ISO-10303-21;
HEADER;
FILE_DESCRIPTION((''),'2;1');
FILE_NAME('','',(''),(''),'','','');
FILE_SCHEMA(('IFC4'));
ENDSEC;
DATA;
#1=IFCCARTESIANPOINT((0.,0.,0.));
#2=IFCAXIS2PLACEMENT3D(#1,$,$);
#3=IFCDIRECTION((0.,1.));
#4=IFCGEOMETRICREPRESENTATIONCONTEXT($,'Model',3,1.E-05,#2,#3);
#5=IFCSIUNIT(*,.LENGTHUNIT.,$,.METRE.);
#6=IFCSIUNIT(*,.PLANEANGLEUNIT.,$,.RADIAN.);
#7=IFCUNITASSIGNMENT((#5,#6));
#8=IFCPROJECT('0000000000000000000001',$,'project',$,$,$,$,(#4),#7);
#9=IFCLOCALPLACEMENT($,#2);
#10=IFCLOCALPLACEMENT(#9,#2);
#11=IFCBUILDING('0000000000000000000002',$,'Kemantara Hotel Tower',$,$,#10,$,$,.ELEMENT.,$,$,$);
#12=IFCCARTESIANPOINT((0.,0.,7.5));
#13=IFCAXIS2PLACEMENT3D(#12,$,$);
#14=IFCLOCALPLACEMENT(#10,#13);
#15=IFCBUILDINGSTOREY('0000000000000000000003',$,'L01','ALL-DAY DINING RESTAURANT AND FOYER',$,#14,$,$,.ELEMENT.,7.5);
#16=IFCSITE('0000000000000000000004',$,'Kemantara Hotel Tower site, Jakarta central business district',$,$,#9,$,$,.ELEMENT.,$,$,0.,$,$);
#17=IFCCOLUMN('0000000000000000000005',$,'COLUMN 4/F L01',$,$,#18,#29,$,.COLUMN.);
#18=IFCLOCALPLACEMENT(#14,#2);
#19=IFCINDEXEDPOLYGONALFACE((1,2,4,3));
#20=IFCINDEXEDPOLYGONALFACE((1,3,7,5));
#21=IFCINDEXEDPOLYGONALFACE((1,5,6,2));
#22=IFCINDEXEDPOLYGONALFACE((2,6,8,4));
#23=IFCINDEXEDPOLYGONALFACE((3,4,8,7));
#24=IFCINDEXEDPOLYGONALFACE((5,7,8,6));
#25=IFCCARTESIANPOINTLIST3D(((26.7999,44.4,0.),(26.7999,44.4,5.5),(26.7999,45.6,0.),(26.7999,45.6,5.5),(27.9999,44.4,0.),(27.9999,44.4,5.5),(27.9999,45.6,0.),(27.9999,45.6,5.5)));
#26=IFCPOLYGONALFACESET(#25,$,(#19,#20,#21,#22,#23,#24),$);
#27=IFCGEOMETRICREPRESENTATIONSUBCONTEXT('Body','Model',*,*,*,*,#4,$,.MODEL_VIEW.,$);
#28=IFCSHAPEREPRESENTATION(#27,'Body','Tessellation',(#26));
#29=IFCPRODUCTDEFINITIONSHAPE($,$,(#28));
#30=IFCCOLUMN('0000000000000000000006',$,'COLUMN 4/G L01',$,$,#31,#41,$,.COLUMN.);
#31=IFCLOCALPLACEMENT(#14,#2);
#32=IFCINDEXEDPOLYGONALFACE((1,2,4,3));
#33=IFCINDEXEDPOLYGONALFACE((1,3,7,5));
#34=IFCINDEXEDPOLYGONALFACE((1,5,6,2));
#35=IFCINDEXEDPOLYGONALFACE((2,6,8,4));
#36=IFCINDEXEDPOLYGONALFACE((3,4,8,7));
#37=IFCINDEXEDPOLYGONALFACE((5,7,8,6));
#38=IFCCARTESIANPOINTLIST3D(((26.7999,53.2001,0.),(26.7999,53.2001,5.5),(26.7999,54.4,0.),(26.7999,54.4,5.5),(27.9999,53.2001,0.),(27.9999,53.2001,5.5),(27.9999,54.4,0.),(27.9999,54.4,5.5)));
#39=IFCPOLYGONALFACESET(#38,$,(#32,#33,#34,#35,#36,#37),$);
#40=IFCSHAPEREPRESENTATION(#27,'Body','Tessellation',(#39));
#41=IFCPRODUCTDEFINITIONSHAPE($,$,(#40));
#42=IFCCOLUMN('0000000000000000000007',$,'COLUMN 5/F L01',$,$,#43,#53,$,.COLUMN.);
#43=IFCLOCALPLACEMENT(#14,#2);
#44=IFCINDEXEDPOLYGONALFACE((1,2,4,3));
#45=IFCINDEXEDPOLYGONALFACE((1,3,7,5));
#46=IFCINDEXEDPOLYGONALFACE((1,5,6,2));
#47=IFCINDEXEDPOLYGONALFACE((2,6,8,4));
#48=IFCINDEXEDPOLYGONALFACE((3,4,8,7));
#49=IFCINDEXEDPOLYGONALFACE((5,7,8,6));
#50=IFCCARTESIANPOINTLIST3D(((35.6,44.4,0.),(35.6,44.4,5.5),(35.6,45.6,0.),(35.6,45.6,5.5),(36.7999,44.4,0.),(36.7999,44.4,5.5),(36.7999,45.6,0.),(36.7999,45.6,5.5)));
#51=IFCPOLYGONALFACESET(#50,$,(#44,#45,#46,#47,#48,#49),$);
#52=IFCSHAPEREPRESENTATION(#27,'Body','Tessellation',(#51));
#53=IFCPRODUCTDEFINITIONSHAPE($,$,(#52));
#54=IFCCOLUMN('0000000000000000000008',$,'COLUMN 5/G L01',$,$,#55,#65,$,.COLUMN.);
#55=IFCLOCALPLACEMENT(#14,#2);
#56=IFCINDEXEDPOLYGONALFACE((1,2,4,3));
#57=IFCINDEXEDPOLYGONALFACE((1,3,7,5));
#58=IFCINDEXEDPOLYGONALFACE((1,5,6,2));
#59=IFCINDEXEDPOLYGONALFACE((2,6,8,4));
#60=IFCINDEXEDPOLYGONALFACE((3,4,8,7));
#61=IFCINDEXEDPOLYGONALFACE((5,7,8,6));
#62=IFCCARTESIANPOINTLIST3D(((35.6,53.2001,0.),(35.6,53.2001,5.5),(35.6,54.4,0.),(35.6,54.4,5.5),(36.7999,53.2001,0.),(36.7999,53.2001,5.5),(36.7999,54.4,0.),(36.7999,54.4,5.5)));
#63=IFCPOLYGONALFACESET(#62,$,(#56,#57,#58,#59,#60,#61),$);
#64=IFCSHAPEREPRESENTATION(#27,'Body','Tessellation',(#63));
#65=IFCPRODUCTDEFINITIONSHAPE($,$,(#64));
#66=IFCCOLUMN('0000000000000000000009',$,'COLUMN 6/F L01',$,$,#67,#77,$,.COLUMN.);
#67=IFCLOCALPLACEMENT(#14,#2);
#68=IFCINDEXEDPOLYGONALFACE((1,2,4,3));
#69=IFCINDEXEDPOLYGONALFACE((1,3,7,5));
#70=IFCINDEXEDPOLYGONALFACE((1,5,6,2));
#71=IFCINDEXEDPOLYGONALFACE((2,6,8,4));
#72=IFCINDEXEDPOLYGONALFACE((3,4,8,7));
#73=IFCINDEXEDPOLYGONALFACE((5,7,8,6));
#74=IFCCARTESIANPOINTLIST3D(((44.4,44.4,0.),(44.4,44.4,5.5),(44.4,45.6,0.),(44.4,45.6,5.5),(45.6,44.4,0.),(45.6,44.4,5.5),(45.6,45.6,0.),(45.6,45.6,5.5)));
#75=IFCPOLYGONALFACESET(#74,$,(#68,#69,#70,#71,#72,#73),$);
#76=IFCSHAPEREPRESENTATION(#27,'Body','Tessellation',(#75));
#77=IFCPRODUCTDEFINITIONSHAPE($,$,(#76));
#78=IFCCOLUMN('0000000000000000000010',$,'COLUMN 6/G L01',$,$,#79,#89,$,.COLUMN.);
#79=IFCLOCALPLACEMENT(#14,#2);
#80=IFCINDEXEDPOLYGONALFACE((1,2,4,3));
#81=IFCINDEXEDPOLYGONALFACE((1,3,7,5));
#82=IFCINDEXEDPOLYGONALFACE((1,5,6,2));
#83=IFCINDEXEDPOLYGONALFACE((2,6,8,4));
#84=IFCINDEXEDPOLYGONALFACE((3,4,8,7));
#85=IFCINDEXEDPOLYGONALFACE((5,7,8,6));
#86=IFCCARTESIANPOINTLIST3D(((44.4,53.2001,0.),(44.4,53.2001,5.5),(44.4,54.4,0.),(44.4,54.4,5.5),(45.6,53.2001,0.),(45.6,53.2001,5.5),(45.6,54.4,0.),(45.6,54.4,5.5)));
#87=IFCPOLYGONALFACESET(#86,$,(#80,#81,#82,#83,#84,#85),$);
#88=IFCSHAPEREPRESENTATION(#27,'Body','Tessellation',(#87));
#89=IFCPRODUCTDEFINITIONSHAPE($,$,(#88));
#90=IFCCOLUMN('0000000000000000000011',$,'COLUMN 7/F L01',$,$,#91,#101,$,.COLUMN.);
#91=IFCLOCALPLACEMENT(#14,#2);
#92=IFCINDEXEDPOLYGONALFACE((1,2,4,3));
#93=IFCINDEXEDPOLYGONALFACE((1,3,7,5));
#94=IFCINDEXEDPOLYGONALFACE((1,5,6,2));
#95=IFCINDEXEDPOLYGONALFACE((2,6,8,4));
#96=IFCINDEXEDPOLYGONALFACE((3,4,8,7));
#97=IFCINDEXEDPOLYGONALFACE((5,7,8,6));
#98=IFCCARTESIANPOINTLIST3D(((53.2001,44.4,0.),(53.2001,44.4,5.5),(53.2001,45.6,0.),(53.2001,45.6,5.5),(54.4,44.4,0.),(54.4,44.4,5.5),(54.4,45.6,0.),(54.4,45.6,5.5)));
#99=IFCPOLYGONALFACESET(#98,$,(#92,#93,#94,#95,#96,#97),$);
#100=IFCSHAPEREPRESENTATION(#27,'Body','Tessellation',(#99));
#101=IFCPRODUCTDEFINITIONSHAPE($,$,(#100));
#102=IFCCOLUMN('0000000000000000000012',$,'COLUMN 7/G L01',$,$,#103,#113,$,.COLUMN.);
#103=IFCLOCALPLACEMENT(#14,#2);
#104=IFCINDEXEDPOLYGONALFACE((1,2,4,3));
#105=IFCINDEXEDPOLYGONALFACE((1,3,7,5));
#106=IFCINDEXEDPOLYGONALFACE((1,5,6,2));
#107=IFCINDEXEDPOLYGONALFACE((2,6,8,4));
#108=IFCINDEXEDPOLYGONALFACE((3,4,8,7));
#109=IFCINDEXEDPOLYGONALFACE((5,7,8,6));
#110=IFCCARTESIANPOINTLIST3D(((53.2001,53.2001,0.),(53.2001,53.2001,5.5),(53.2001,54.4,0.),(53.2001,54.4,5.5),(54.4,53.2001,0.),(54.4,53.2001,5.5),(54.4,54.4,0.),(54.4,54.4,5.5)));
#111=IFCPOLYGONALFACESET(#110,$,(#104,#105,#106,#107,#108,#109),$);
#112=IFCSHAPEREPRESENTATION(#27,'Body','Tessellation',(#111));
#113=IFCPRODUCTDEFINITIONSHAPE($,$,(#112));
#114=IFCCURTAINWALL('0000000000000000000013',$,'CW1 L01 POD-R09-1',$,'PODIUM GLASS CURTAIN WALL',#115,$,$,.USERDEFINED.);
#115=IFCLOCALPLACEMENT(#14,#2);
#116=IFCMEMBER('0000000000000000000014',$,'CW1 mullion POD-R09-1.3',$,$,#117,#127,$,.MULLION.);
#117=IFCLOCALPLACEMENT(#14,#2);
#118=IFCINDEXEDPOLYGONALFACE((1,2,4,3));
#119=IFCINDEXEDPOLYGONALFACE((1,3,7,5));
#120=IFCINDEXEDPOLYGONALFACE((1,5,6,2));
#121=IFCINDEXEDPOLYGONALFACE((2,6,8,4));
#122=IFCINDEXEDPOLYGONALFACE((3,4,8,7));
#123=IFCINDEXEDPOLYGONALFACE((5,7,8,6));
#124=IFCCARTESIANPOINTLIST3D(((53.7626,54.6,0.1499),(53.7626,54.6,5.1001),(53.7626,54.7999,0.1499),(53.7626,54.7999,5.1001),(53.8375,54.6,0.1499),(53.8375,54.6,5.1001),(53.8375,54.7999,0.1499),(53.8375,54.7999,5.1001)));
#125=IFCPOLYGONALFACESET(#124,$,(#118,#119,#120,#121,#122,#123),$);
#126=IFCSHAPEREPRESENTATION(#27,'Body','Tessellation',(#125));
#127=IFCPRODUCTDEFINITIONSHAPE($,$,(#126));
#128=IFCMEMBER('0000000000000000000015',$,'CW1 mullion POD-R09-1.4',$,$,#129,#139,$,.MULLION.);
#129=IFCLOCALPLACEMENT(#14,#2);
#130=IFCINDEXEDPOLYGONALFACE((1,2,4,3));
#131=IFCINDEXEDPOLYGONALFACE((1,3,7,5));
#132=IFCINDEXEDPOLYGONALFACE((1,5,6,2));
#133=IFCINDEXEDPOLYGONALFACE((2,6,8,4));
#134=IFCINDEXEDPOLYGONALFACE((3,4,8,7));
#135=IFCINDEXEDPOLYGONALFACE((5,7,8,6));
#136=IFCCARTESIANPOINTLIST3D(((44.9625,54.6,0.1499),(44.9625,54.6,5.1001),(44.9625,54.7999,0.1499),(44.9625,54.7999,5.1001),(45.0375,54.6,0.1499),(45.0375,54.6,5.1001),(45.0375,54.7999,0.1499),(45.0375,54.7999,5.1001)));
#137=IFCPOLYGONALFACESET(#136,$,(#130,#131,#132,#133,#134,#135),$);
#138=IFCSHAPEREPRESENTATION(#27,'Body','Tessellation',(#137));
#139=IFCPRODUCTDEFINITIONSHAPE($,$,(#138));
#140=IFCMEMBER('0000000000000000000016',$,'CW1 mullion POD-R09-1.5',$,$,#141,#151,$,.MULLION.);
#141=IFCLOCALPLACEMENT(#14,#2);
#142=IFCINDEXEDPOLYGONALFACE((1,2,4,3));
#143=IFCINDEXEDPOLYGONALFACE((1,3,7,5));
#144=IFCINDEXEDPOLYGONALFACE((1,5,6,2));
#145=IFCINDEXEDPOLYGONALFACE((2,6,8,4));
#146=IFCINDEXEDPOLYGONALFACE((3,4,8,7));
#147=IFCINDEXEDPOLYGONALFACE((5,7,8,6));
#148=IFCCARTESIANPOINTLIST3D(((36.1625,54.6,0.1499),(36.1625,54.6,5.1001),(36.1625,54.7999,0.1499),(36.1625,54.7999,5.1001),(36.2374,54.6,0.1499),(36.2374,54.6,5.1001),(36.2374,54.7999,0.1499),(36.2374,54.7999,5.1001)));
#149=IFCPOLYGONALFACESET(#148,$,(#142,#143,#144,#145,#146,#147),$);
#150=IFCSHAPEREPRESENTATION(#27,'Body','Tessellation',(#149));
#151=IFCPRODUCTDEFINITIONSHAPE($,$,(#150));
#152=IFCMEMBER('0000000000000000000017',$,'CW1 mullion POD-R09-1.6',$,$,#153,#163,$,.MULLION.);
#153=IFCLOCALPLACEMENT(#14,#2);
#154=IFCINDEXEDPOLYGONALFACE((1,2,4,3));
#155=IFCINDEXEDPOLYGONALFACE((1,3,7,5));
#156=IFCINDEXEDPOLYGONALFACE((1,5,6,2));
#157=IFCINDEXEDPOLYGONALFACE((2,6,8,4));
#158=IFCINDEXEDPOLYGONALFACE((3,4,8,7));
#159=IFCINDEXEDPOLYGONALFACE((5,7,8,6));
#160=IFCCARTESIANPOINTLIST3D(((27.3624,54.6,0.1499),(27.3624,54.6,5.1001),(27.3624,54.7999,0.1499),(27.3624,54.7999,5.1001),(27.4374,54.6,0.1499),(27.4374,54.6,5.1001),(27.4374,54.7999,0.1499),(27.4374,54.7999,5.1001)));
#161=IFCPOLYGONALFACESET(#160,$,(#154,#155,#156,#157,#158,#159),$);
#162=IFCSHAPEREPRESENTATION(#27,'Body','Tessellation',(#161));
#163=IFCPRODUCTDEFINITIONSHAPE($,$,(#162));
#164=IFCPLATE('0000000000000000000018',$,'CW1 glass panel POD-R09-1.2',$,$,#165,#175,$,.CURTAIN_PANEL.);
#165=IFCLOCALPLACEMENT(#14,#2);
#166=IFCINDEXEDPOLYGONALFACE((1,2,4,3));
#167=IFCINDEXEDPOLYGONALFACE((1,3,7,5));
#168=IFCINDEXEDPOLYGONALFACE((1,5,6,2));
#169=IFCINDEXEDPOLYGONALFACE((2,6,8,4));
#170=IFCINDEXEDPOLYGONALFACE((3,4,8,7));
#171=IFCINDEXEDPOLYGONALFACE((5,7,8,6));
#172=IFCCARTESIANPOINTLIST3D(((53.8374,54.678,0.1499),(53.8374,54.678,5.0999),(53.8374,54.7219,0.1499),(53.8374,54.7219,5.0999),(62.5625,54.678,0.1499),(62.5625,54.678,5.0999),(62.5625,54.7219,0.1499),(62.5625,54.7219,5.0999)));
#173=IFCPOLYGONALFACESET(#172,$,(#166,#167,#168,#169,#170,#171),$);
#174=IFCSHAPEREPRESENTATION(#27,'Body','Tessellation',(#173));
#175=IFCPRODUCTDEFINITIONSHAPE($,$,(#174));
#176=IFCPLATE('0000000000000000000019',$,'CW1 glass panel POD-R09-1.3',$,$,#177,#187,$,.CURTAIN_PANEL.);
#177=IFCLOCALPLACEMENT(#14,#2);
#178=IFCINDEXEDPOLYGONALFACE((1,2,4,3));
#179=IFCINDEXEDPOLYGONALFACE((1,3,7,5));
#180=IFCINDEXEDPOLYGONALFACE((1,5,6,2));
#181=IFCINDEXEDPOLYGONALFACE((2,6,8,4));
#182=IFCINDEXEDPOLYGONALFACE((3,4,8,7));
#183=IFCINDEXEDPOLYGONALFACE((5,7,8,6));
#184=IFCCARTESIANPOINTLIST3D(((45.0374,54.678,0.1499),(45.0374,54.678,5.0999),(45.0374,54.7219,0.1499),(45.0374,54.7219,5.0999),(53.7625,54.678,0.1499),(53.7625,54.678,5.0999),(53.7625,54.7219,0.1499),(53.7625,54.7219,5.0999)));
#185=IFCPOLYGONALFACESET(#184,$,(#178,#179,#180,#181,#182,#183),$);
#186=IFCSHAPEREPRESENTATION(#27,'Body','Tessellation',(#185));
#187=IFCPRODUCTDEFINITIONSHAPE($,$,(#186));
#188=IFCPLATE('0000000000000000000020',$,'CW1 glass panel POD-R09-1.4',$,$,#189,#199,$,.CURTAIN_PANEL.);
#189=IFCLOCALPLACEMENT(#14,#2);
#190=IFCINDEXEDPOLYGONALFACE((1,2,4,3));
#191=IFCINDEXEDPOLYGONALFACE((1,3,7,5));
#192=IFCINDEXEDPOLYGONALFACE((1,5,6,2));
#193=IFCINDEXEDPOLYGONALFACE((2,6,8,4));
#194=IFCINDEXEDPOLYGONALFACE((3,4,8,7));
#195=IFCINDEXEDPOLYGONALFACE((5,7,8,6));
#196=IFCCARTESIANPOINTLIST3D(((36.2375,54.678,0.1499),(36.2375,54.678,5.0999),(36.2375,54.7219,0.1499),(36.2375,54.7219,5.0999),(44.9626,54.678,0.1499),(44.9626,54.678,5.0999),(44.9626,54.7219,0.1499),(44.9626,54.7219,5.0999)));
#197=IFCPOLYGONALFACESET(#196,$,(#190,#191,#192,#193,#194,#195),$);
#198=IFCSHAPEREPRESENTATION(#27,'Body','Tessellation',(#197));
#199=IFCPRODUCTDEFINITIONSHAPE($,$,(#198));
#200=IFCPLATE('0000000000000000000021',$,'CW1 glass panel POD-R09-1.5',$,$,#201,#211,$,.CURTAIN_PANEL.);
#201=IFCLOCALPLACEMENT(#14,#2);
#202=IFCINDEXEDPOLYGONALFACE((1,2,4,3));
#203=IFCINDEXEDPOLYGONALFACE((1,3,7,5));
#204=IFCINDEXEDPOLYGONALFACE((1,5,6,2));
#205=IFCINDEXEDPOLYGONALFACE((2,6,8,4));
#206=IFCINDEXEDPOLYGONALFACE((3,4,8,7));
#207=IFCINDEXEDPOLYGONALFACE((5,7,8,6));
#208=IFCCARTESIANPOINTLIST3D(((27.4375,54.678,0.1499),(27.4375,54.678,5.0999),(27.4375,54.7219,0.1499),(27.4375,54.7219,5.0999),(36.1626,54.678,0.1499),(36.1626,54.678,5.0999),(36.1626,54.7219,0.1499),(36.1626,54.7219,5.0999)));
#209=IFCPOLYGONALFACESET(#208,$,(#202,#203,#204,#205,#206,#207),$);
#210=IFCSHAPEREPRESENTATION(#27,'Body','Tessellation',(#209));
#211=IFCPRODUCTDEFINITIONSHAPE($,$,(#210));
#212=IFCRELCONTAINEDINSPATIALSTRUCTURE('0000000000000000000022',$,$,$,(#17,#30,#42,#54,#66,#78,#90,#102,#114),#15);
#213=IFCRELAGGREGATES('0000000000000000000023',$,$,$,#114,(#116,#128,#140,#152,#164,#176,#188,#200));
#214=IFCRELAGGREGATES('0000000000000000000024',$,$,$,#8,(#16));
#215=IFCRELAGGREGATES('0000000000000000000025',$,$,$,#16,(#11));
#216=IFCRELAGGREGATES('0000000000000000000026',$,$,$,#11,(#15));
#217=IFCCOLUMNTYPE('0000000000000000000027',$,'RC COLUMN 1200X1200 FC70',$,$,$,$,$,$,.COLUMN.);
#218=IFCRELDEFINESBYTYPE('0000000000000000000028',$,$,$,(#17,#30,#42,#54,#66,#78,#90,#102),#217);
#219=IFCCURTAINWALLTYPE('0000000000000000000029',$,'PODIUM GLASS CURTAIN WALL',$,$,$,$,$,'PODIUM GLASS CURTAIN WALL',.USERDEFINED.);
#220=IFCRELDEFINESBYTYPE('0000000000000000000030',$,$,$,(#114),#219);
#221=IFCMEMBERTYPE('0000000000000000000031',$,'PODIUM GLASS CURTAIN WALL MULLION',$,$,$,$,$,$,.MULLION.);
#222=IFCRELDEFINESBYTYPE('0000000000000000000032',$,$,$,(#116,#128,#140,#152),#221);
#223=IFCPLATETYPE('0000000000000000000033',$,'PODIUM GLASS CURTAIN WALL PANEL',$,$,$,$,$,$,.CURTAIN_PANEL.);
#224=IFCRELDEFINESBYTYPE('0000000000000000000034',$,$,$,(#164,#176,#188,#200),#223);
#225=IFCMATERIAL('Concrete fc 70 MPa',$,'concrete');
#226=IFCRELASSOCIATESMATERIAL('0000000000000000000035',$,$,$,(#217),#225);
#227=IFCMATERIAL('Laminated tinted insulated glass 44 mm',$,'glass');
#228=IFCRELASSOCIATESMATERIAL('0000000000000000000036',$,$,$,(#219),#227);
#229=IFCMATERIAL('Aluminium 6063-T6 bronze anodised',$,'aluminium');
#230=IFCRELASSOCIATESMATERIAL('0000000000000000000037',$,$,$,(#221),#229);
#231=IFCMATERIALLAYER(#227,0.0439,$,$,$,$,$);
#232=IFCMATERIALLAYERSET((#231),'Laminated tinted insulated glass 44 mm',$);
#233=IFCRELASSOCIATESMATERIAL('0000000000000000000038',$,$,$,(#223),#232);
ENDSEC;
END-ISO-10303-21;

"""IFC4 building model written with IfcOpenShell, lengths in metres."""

from ifc_helpers import new_model, si_unit, direction, frame, origin, origin_2d, place, context, subcontext, project, spatial, rectangle, extrude, source, transform, mapped, material, layer, layer_set, material_profile, profile_set, type_object, element, aggregate, save


model = new_model("IFC4")

# Units and contexts
model_context = context("Model", 3, precision=1e-05, world=origin(), true_north=direction((0.0, 1.0)))
body_context = subcontext(model_context, "Body", "Model", "MODEL_VIEW")
ifc_project = project(units=[si_unit("LENGTHUNIT", "METRE"), si_unit("PLANEANGLEUNIT", "RADIAN")], contexts=[model_context])

# Site, building, storey
site_placement = place(None, origin())
site = spatial("IfcSite", under=ifc_project, at=site_placement, Name="Kemantara Hotel Tower site, Jakarta central business district", CompositionType="ELEMENT", RefElevation=0.0)
building_placement = place(site_placement, origin())
building = spatial("IfcBuilding", under=site, at=building_placement, Name="Kemantara Hotel Tower", CompositionType="ELEMENT")
storey_placement = place(building_placement, frame((0.0, 0.0, 7.5)))
storey = spatial("IfcBuildingStorey", under=building, at=storey_placement, Name="L01", Description="ALL-DAY DINING RESTAURANT AND FOYER", CompositionType="ELEMENT", Elevation=7.5)

# Columns
ifc_material_1 = material(Name="Concrete fc 70 MPa", Category="concrete")
ifc_material_profile_1 = material_profile(ifc_material_1, rectangle(XDim=1.2, YDim=1.2, at=origin_2d()), Name="RC 1200X1200")
ifc_profile_set_1 = profile_set([ifc_material_profile_1], Name="Concrete fc 70 MPa")
column_type = type_object("IfcColumnType", Name="RC COLUMN 1200X1200 FC70", PredefinedType="COLUMN", material=ifc_profile_set_1)
for number, where, z_axis, x_axis, name in (
    (1, (27.3999, 45.0, 0.0), (0.0, 0.0, 1.0), (1.0, 0.0, 0.0), "COLUMN 4/F L01"),
    (2, (27.3999, 53.8, 0.0), (0.0, 0.0, 1.0), (1.0, 0.0, 0.0), "COLUMN 4/G L01"),
    (3, (36.2, 45.0, 0.0), (0.0, 0.0, 1.0), (1.0, 0.0, 0.0), "COLUMN 5/F L01"),
    (4, (36.2, 53.8, 0.0), (0.0, 0.0, 1.0), (1.0, 0.0, 0.0), "COLUMN 5/G L01"),
    (5, (45.0, 45.0, 0.0), (0.0, 0.0, 1.0), (1.0, 0.0, 0.0), "COLUMN 6/F L01"),
    (6, (45.0, 53.8, 0.0), (0.0, 0.0, 1.0), (1.0, 0.0, 0.0), "COLUMN 6/G L01"),
    (7, (53.8, 45.0, 0.0), (0.0, 0.0, 1.0), (1.0, 0.0, 0.0), "COLUMN 7/F L01"),
    (8, (53.8, 53.8, 0.0), (0.0, 0.0, 1.0), (1.0, 0.0, 0.0), "COLUMN 7/G L01"),
):
    element("IfcColumn", number, at=place(storey_placement, frame(where, z_axis=z_axis, x_axis=x_axis)), inside=storey, type_object=column_type, Name=name, PredefinedType="COLUMN", context=body_context, shape_type="SweptSolid", body=[
        extrude(rectangle(XDim=1.2, YDim=1.2, at=origin_2d()), origin(), (0.0, 0.0, 1.0), 5.5),
    ])

# Curtain wall, members, plates
ifc_material_2 = material(Name="Laminated tinted insulated glass 44 mm", Category="glass")
curtain_wall_type = type_object("IfcCurtainWallType", Name="PODIUM GLASS CURTAIN WALL", ElementType="PODIUM GLASS CURTAIN WALL", PredefinedType="USERDEFINED", material=ifc_material_2)
curtain_wall_placement = place(storey_placement, origin())
curtain_wall = element("IfcCurtainWall", 9, at=curtain_wall_placement, inside=storey, type_object=curtain_wall_type, Name="CW1 L01 POD-R09-1", ObjectType="PODIUM GLASS CURTAIN WALL", PredefinedType="USERDEFINED")
ifc_material_3 = material(Name="Aluminium 6063-T6 bronze anodised", Category="aluminium")
ifc_material_profile_2 = material_profile(ifc_material_3, rectangle(XDim=0.2, YDim=0.075, at=origin_2d()), Name="PODIUM GLASS CURTAIN WALL MULLION")
ifc_profile_set_2 = profile_set([ifc_material_profile_2], Name="Aluminium 6063-T6 bronze anodised")
member_type = type_object("IfcMemberType", Name="PODIUM GLASS CURTAIN WALL MULLION", PredefinedType="MULLION", material=ifc_profile_set_2)
shared_shape_1 = source(origin(), body_context, "Body", "SweptSolid", [
    extrude(rectangle(XDim=0.2, YDim=0.075, at=origin_2d()), origin(), (0.0, 0.0, 1.0), 4.9502),
])
member_1_placement = place(storey_placement, frame((53.8, 54.7, 0.1499), z_axis=(0.0, 0.0, 1.0), x_axis=(0.0, -1.0, 0.0)))
member_1 = element("IfcMember", 10, at=member_1_placement, type_object=member_type, Name="CW1 mullion POD-R09-1.3", PredefinedType="MULLION", context=body_context, shape_type="MappedRepresentation", body=[
    mapped(shared_shape_1, transform((0.0, 0.0, 0.0))),
])
member_2_placement = place(storey_placement, frame((45.0, 54.7, 0.1499), z_axis=(0.0, 0.0, 1.0), x_axis=(0.0, -1.0, 0.0)))
member_2 = element("IfcMember", 11, at=member_2_placement, type_object=member_type, Name="CW1 mullion POD-R09-1.4", PredefinedType="MULLION", context=body_context, shape_type="MappedRepresentation", body=[
    mapped(shared_shape_1, transform((0.0, 0.0, 0.0))),
])
member_3_placement = place(storey_placement, frame((36.2, 54.7, 0.1499), z_axis=(0.0, 0.0, 1.0), x_axis=(0.0, -1.0, 0.0)))
member_3 = element("IfcMember", 12, at=member_3_placement, type_object=member_type, Name="CW1 mullion POD-R09-1.5", PredefinedType="MULLION", context=body_context, shape_type="MappedRepresentation", body=[
    mapped(shared_shape_1, transform((0.0, 0.0, 0.0))),
])
member_4_placement = place(storey_placement, frame((27.3999, 54.7, 0.1499), z_axis=(0.0, 0.0, 1.0), x_axis=(0.0, -1.0, 0.0)))
member_4 = element("IfcMember", 13, at=member_4_placement, type_object=member_type, Name="CW1 mullion POD-R09-1.6", PredefinedType="MULLION", context=body_context, shape_type="MappedRepresentation", body=[
    mapped(shared_shape_1, transform((0.0, 0.0, 0.0))),
])
ifc_layer_1 = layer(ifc_material_2, 0.0439)
ifc_layer_set_1 = layer_set([ifc_layer_1], Name="Laminated tinted insulated glass 44 mm")
plate_type = type_object("IfcPlateType", Name="PODIUM GLASS CURTAIN WALL PANEL", PredefinedType="CURTAIN_PANEL", material=ifc_layer_set_1)
shared_shape_2 = source(origin(), body_context, "Body", "SweptSolid", [
    extrude(rectangle(XDim=8.7251, YDim=0.0439, at=origin_2d()), origin(), (0.0, 0.0, 1.0), 4.95),
])
plate_1_placement = place(storey_placement, frame((58.2, 54.7, 0.1499), z_axis=(0.0, 0.0, 1.0), x_axis=(-1.0, 0.0, 0.0)))
plate_1 = element("IfcPlate", 14, at=plate_1_placement, type_object=plate_type, Name="CW1 glass panel POD-R09-1.2", PredefinedType="CURTAIN_PANEL", context=body_context, shape_type="MappedRepresentation", body=[
    mapped(shared_shape_2, transform((0.0, 0.0, 0.0))),
])
plate_2_placement = place(storey_placement, frame((49.3999, 54.7, 0.1499), z_axis=(0.0, 0.0, 1.0), x_axis=(-1.0, 0.0, 0.0)))
plate_2 = element("IfcPlate", 15, at=plate_2_placement, type_object=plate_type, Name="CW1 glass panel POD-R09-1.3", PredefinedType="CURTAIN_PANEL", context=body_context, shape_type="MappedRepresentation", body=[
    mapped(shared_shape_2, transform((0.0, 0.0, 0.0))),
])
plate_3_placement = place(storey_placement, frame((40.6001, 54.7, 0.1499), z_axis=(0.0, 0.0, 1.0), x_axis=(-1.0, 0.0, 0.0)))
plate_3 = element("IfcPlate", 16, at=plate_3_placement, type_object=plate_type, Name="CW1 glass panel POD-R09-1.4", PredefinedType="CURTAIN_PANEL", context=body_context, shape_type="MappedRepresentation", body=[
    mapped(shared_shape_2, transform((0.0, 0.0, 0.0))),
])
plate_4_placement = place(storey_placement, frame((31.8, 54.7, 0.1499), z_axis=(0.0, 0.0, 1.0), x_axis=(-1.0, 0.0, 0.0)))
plate_4 = element("IfcPlate", 17, at=plate_4_placement, type_object=plate_type, Name="CW1 glass panel POD-R09-1.5", PredefinedType="CURTAIN_PANEL", context=body_context, shape_type="MappedRepresentation", body=[
    mapped(shared_shape_2, transform((0.0, 0.0, 0.0))),
])
aggregate(curtain_wall, [member_1, member_2, member_3, member_4, plate_1, plate_2, plate_3, plate_4])

save(model, "model.ifc")
